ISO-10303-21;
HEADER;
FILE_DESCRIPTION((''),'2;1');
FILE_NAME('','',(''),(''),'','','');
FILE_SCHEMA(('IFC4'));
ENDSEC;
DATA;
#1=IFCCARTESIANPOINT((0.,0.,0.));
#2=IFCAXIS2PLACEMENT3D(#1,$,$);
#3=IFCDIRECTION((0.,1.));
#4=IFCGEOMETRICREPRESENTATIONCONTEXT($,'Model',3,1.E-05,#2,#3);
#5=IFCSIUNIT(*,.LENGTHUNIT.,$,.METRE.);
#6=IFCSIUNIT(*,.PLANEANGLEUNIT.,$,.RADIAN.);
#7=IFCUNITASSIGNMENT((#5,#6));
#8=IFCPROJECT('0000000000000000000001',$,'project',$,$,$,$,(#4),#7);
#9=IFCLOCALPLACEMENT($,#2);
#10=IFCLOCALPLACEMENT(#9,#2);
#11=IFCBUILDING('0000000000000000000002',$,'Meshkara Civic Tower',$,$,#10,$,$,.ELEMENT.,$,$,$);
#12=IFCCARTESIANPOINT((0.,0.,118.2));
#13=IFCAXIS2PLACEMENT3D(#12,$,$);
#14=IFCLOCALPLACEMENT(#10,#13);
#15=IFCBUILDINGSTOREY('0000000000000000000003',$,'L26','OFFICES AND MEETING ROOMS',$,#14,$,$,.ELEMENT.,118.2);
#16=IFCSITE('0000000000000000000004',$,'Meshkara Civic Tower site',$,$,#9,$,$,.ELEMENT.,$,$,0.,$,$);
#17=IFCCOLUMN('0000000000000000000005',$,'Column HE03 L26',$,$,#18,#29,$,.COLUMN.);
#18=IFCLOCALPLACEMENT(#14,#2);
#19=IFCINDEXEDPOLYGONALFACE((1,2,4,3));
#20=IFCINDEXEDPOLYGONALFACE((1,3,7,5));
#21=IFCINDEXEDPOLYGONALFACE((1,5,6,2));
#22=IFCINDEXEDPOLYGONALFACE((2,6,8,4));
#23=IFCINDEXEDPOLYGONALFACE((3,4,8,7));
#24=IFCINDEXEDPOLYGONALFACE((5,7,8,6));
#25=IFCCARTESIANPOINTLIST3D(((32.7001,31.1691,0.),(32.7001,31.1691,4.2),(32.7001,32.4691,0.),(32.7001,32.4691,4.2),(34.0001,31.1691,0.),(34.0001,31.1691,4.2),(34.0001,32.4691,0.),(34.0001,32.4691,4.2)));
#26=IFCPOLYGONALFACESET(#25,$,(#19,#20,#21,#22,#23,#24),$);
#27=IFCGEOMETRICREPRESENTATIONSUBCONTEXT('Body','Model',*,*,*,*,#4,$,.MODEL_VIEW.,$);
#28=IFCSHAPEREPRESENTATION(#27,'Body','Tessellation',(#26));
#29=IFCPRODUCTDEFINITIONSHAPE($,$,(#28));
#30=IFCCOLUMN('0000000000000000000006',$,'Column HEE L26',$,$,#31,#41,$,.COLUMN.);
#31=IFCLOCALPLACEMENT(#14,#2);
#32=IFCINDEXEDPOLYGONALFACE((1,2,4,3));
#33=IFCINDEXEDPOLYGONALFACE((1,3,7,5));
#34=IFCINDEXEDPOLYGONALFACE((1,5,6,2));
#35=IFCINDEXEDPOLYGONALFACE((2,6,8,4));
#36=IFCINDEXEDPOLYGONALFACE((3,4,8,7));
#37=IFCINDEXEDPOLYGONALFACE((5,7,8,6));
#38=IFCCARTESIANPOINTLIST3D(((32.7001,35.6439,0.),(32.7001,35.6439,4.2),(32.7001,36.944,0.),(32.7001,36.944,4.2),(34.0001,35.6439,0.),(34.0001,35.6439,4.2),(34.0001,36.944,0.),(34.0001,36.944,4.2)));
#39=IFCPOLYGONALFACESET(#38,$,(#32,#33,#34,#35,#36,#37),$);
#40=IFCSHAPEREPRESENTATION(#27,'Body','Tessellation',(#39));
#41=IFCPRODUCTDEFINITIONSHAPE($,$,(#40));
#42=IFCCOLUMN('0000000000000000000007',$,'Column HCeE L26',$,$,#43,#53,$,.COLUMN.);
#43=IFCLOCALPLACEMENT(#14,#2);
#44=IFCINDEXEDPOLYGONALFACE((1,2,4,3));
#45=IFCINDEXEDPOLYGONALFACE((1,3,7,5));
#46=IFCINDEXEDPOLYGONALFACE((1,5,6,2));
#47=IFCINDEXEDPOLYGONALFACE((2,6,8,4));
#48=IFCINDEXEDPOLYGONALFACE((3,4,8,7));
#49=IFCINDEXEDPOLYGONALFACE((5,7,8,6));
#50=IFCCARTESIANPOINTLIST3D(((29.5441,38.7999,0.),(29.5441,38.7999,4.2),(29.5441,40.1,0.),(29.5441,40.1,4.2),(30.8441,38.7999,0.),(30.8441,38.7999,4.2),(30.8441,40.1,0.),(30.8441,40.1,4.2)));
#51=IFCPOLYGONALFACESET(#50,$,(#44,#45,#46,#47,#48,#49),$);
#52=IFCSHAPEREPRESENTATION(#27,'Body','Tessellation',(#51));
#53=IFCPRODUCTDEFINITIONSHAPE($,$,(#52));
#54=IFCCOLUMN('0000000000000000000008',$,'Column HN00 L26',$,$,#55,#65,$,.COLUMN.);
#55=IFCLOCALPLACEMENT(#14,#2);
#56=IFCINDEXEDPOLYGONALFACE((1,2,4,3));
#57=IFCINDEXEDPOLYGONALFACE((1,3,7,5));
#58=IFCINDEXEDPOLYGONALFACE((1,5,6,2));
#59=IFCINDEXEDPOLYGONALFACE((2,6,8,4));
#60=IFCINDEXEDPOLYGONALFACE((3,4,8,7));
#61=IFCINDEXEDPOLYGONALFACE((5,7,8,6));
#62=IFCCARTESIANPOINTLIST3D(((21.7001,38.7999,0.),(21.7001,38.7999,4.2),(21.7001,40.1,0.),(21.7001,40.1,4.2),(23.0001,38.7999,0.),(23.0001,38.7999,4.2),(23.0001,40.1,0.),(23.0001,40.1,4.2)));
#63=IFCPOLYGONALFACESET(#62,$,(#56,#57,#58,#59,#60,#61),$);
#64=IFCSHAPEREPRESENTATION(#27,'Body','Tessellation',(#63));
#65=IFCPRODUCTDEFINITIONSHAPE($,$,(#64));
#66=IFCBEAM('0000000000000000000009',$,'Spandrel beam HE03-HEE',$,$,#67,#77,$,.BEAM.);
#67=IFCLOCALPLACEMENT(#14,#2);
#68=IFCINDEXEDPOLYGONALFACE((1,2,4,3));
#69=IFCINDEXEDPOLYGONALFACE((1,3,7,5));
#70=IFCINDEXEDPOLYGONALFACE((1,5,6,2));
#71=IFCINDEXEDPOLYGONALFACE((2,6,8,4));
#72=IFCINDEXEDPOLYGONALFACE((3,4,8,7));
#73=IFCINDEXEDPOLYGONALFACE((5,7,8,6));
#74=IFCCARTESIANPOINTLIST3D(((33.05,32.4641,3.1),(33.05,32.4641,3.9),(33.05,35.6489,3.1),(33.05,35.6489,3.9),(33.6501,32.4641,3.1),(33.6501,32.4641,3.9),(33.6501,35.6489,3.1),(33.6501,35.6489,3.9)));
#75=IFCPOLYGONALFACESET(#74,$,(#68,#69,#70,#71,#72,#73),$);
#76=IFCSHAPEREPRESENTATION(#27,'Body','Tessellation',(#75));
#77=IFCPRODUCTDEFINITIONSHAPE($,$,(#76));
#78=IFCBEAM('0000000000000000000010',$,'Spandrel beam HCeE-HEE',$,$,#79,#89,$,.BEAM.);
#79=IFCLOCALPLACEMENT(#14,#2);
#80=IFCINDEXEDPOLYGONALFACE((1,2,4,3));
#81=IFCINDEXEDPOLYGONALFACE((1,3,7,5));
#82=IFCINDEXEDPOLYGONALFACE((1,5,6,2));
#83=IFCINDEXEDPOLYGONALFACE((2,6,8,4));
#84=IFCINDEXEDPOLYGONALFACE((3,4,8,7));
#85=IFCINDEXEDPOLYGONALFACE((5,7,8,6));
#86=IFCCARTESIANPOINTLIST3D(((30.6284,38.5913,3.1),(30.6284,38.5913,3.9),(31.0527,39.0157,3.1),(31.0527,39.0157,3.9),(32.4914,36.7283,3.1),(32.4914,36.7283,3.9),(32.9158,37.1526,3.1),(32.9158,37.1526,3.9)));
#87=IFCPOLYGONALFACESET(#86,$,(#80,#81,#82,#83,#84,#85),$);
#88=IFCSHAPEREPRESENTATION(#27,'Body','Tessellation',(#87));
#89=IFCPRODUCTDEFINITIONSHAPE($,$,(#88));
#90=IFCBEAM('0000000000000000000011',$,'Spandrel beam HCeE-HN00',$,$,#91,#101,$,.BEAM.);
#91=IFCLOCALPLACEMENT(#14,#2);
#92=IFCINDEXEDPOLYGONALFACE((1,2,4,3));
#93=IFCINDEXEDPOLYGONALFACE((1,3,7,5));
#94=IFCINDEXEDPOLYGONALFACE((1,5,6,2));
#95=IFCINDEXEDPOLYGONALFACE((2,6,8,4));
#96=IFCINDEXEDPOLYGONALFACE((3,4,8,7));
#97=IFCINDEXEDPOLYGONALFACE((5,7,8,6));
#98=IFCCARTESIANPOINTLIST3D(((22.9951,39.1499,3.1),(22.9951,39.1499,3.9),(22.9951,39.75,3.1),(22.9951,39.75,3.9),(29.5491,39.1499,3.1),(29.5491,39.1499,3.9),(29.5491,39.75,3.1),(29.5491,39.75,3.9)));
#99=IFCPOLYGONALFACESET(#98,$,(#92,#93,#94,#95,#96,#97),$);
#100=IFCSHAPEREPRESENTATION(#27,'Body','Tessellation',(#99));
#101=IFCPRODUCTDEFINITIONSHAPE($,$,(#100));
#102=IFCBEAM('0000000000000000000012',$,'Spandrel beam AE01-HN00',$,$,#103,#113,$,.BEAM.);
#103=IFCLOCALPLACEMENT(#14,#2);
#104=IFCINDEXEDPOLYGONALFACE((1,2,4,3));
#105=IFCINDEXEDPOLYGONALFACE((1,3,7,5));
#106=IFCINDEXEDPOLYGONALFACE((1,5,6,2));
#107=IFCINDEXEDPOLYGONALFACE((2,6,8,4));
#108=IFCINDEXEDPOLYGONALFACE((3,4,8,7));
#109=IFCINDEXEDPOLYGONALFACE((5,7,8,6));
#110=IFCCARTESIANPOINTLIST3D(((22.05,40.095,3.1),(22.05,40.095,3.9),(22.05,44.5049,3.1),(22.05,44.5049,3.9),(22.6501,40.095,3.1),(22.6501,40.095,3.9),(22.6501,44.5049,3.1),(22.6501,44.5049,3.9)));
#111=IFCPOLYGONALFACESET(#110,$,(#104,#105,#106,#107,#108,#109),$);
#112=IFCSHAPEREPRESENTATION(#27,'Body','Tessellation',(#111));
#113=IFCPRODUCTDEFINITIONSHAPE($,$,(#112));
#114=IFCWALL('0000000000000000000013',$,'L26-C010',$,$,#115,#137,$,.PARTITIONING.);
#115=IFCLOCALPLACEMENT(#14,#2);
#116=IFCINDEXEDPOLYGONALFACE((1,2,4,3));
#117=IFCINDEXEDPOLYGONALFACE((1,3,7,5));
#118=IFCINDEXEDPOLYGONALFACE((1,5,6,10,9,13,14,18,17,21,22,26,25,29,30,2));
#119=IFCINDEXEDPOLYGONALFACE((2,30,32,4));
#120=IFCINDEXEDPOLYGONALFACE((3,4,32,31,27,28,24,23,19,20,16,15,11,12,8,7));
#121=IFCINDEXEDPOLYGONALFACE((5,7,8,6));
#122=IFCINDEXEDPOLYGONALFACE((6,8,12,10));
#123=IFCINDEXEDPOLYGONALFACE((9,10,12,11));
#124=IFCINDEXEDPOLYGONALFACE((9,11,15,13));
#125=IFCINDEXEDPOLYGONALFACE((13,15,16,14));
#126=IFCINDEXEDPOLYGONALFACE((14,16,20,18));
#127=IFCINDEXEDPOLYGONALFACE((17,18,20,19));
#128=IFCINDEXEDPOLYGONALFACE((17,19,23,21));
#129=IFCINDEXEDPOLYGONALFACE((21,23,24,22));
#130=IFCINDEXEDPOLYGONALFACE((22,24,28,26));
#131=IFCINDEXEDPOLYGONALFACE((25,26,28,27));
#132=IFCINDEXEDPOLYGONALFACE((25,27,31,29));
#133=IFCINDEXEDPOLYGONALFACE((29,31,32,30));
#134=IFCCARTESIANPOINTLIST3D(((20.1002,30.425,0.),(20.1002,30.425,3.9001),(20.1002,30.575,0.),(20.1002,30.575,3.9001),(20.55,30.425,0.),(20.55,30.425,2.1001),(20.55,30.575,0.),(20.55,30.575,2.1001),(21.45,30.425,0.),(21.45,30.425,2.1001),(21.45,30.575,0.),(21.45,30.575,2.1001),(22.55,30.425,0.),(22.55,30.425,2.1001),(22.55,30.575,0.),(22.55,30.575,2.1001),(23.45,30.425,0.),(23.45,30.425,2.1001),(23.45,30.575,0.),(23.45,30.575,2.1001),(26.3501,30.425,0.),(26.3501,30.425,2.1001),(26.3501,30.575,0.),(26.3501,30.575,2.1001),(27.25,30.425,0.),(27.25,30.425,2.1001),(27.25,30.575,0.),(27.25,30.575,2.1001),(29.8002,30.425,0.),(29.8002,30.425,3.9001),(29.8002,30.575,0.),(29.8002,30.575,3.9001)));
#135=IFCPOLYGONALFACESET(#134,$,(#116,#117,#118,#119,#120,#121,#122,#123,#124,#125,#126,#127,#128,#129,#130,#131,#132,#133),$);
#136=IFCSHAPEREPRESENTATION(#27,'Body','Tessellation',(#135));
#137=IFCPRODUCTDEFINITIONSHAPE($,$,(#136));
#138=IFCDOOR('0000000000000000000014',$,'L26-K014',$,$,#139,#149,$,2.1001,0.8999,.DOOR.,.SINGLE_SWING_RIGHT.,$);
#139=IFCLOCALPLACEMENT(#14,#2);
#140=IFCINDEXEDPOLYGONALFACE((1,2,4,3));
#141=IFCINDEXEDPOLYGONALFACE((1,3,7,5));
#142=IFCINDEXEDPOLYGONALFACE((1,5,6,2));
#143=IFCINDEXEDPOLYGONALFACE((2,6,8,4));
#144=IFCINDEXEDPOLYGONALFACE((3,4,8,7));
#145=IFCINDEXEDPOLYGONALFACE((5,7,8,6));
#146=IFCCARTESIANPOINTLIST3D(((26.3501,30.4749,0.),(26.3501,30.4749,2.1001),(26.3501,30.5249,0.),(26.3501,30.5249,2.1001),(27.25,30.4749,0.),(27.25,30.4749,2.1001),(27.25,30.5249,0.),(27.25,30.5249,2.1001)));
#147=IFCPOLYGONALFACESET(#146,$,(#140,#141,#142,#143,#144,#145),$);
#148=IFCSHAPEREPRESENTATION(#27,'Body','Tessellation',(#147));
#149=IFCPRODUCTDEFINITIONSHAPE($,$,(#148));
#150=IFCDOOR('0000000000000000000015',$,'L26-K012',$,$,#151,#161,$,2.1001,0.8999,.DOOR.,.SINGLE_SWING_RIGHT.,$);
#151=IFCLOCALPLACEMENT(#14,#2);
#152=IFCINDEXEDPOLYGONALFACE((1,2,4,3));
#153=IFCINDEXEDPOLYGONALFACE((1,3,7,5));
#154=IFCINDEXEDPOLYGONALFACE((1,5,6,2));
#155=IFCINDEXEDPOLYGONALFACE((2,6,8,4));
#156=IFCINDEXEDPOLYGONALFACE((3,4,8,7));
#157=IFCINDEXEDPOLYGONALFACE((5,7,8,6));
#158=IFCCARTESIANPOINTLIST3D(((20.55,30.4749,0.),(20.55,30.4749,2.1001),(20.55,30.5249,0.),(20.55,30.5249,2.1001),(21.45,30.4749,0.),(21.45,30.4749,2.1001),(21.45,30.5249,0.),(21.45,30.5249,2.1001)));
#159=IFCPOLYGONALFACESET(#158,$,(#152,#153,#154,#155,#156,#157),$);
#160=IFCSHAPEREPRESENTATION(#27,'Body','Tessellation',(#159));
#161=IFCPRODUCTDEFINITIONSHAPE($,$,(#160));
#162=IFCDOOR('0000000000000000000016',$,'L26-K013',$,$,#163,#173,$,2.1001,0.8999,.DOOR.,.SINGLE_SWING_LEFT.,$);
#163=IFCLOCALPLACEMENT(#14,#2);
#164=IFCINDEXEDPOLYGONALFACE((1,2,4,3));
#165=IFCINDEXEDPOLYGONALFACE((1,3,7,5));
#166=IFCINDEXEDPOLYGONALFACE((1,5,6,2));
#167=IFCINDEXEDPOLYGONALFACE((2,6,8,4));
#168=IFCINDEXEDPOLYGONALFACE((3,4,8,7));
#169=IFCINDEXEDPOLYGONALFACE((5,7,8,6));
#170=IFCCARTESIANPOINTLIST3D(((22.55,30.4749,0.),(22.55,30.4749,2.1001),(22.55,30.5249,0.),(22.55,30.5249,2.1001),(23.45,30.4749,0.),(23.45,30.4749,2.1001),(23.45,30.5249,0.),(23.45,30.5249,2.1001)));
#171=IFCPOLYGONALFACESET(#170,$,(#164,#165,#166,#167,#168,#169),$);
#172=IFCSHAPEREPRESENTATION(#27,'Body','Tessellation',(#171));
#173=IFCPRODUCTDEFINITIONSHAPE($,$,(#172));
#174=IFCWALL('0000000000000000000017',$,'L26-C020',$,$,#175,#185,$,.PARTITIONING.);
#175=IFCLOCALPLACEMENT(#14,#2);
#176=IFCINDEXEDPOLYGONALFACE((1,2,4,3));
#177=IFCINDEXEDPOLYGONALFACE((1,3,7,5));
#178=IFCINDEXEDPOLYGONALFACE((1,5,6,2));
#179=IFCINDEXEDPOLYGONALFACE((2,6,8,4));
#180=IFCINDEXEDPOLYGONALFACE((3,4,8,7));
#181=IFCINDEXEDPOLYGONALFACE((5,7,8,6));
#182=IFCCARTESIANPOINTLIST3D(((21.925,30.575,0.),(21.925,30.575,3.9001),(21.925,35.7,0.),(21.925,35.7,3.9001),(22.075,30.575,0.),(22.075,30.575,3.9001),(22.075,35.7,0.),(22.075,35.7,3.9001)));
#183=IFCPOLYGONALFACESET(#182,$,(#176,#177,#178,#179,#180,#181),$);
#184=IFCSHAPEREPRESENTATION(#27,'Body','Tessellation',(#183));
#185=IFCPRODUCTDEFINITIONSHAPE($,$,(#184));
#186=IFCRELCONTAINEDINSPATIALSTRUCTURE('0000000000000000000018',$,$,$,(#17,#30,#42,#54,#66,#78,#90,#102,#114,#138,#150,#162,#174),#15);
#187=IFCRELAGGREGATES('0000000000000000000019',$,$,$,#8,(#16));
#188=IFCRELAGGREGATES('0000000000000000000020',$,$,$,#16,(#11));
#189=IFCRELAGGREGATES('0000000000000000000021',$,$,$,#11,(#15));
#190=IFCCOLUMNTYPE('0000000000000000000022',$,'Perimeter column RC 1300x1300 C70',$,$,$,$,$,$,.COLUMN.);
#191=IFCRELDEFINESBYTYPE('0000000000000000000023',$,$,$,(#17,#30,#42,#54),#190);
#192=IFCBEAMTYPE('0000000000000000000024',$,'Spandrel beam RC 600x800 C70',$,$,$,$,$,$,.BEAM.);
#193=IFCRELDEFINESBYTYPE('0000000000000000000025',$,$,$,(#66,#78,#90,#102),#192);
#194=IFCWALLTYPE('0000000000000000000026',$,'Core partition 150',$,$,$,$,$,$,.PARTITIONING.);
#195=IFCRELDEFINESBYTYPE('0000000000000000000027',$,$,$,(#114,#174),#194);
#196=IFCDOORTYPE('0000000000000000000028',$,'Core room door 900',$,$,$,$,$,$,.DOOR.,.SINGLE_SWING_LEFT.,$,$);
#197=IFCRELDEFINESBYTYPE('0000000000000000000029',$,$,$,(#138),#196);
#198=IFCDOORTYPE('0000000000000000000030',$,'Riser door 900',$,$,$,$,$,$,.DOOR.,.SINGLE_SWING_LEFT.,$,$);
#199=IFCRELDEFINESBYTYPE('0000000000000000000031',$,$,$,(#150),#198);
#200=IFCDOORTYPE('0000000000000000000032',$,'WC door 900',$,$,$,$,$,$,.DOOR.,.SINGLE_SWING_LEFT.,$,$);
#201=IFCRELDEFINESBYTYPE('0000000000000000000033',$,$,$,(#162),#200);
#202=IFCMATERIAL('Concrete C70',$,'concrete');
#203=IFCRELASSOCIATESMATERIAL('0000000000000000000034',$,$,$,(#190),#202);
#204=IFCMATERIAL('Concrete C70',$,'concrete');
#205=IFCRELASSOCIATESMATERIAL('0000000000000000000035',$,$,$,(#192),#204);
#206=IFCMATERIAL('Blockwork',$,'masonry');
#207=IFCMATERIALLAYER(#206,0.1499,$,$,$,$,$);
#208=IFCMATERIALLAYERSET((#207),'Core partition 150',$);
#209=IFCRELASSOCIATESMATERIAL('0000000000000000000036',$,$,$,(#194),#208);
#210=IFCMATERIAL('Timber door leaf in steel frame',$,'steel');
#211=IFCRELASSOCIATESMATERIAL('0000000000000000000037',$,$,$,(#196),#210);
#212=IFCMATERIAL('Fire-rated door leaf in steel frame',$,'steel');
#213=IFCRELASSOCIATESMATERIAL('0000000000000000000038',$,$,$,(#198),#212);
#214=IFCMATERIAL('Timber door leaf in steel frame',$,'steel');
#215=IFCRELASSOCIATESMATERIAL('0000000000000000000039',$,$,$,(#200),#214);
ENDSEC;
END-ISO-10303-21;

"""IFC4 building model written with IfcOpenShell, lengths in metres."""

from ifc_helpers import new_model, si_unit, direction, frame, frame_2d, origin, origin_2d, place, context, subcontext, project, spatial, rectangle, extrude, material, layer, layer_set, material_profile, profile_set, type_object, element, fill, save


model = new_model("IFC4")

# Units and contexts
model_context = context("Model", 3, precision=1e-05, world=origin(), true_north=direction((0.0, 1.0)))
body_context = subcontext(model_context, "Body", "Model", "MODEL_VIEW")
ifc_project = project(units=[si_unit("LENGTHUNIT", "METRE"), si_unit("PLANEANGLEUNIT", "RADIAN")], contexts=[model_context])

# Site, building, storey
site_placement = place(None, origin())
site = spatial("IfcSite", under=ifc_project, at=site_placement, Name="Meshkara Civic Tower site", CompositionType="ELEMENT", RefElevation=0.0)
building_placement = place(site_placement, origin())
building = spatial("IfcBuilding", under=site, at=building_placement, Name="Meshkara Civic Tower", CompositionType="ELEMENT")
storey_placement = place(building_placement, frame((0.0, 0.0, 118.2)))
storey = spatial("IfcBuildingStorey", under=building, at=storey_placement, Name="L26", Description="OFFICES AND MEETING ROOMS", CompositionType="ELEMENT", Elevation=118.2)

# Columns
ifc_material_1 = material(Name="Concrete C70", Category="concrete")
ifc_material_profile_1 = material_profile(ifc_material_1, rectangle(XDim=1.3, YDim=1.3, at=origin_2d()))
ifc_profile_set_1 = profile_set([ifc_material_profile_1], Name="Concrete C70")
column_type = type_object("IfcColumnType", Name="Perimeter column RC 1300x1300 C70", PredefinedType="COLUMN", material=ifc_profile_set_1)
for number, where, z_axis, x_axis, name in (
    (1, (33.3501, 31.8191, 0.0), (0.0, 0.0, 1.0), (1.0, 0.0, 0.0), "Column HE03 L26"),
    (2, (33.3501, 36.2939, 0.0), (0.0, 0.0, 1.0), (1.0, 0.0, 0.0), "Column HEE L26"),
    (3, (30.1941, 39.45, 0.0), (0.0, 0.0, 1.0), (1.0, 0.0, 0.0), "Column HCeE L26"),
    (4, (22.3501, 39.45, 0.0), (0.0, 0.0, 1.0), (1.0, 0.0, 0.0), "Column HN00 L26"),
):
    element("IfcColumn", number, at=place(storey_placement, frame(where, z_axis=z_axis, x_axis=x_axis)), inside=storey, type_object=column_type, Name=name, PredefinedType="COLUMN", context=body_context, shape_type="SweptSolid", body=[
        extrude(rectangle(XDim=1.3, YDim=1.3, at=origin_2d()), origin(), (0.0, 0.0, 1.0), 4.2),
    ])

# Beams
ifc_material_2 = material(Name="Concrete C70", Category="concrete")
ifc_material_profile_2 = material_profile(ifc_material_2, rectangle(XDim=0.6001, YDim=0.8, at=origin_2d()))
ifc_profile_set_2 = profile_set([ifc_material_profile_2], Name="Concrete C70")
beam_type = type_object("IfcBeamType", Name="Spandrel beam RC 600x800 C70", PredefinedType="BEAM", material=ifc_profile_set_2)
beam_1_placement = place(storey_placement, frame((33.3501, 32.4641, 3.5), z_axis=(0.0, 1.0, 0.0), x_axis=(-1.0, 0.0, 0.0)))
element("IfcBeam", 5, at=beam_1_placement, inside=storey, type_object=beam_type, Name="Spandrel beam HE03-HEE", PredefinedType="BEAM", context=body_context, shape_type="SweptSolid", body=[
    extrude(rectangle(XDim=0.6001, YDim=0.8, at=origin_2d()), origin(), (0.0, 0.0, 1.0), 3.1848),
])
beam_2_placement = place(storey_placement, frame((32.7036, 36.9404, 3.5), z_axis=(-0.707107, 0.707107, 0.0), x_axis=(-0.707107, -0.707107, 0.0)))
element("IfcBeam", 6, at=beam_2_placement, inside=storey, type_object=beam_type, Name="Spandrel beam HCeE-HEE", PredefinedType="BEAM", context=body_context, shape_type="SweptSolid", body=[
    extrude(rectangle(XDim=0.6001, YDim=0.8, at=origin_2d()), origin(), (0.0, 0.0, 1.0), 2.6348),
])
beam_3_placement = place(storey_placement, frame((29.5491, 39.45, 3.5), z_axis=(-1.0, 0.0, 0.0), x_axis=(0.0, -1.0, 0.0)))
element("IfcBeam", 7, at=beam_3_placement, inside=storey, type_object=beam_type, Name="Spandrel beam HCeE-HN00", PredefinedType="BEAM", context=body_context, shape_type="SweptSolid", body=[
    extrude(rectangle(XDim=0.6001, YDim=0.8, at=origin_2d()), origin(), (0.0, 0.0, 1.0), 6.554),
])
beam_4_placement = place(storey_placement, frame((22.3501, 40.095, 3.5), z_axis=(0.0, 1.0, 0.0), x_axis=(-1.0, 0.0, 0.0)))
element("IfcBeam", 8, at=beam_4_placement, inside=storey, type_object=beam_type, Name="Spandrel beam AE01-HN00", PredefinedType="BEAM", context=body_context, shape_type="SweptSolid", body=[
    extrude(rectangle(XDim=0.6001, YDim=0.8, at=origin_2d()), origin(), (0.0, 0.0, 1.0), 4.4099),
])

# Wall, openings, doors
ifc_material_3 = material(Name="Blockwork", Category="masonry")
ifc_layer_1 = layer(ifc_material_3, 0.1499)
ifc_layer_set_1 = layer_set([ifc_layer_1], Name="Core partition 150")
wall_type_1 = type_object("IfcWallType", Name="Core partition 150", PredefinedType="PARTITIONING", material=ifc_layer_set_1)
wall_1_placement = place(storey_placement, frame((20.1001, 30.5, 0.0), z_axis=(0.0, 0.0, 1.0), x_axis=(1.0, 0.0, 0.0)))
wall_1 = element("IfcWall", 9, at=wall_1_placement, inside=storey, type_object=wall_type_1, Name="L26-C010", PredefinedType="PARTITIONING", context=body_context, shape_type="SweptSolid", body=[
    extrude(rectangle(XDim=9.7, YDim=0.1499, at=frame_2d((4.8501, 0.0))), origin(), (0.0, 0.0, 1.0), 3.9001),
])
opening_1_placement = place(wall_1_placement, frame((0.45, 0.0, 0.0)))
opening_1 = element("IfcOpeningElement", 10, at=opening_1_placement, cuts=wall_1, PredefinedType="OPENING", context=body_context, shape_type="SweptSolid", body=[
    extrude(rectangle(XDim=0.8999, YDim=2.1001, at=frame_2d((0.45, 1.05))), frame((0.0, 0.085, 0.0), z_axis=(0.0, -1.0, 0.0), x_axis=(1.0, 0.0, 0.0)), (0.0, 0.0, 1.0), 0.1699),
])
opening_2_placement = place(wall_1_placement, frame((2.45, 0.0, 0.0)))
opening_2 = element("IfcOpeningElement", 11, at=opening_2_placement, cuts=wall_1, PredefinedType="OPENING", context=body_context, shape_type="SweptSolid", body=[
    extrude(rectangle(XDim=0.8999, YDim=2.1001, at=frame_2d((0.45, 1.05))), frame((0.0, 0.085, 0.0), z_axis=(0.0, -1.0, 0.0), x_axis=(1.0, 0.0, 0.0)), (0.0, 0.0, 1.0), 0.1699),
])
opening_3_placement = place(wall_1_placement, frame((6.25, 0.0, 0.0)))
opening_3 = element("IfcOpeningElement", 12, at=opening_3_placement, cuts=wall_1, PredefinedType="OPENING", context=body_context, shape_type="SweptSolid", body=[
    extrude(rectangle(XDim=0.8999, YDim=2.1001, at=frame_2d((0.45, 1.05))), frame((0.0, 0.085, 0.0), z_axis=(0.0, -1.0, 0.0), x_axis=(1.0, 0.0, 0.0)), (0.0, 0.0, 1.0), 0.1699),
])
ifc_material_4 = material(Name="Timber door leaf in steel frame", Category="steel")
door_type_1 = type_object("IfcDoorType", Name="Core room door 900", OperationType="SINGLE_SWING_LEFT", PredefinedType="DOOR", material=ifc_material_4)
door_1_placement = place(opening_3_placement, origin())
door_1 = element("IfcDoor", 13, at=door_1_placement, inside=storey, type_object=door_type_1, Name="L26-K014", OperationType="SINGLE_SWING_RIGHT", OverallHeight=2.1001, OverallWidth=0.8999, PredefinedType="DOOR", context=body_context, shape_type="SweptSolid", body=[
    extrude(rectangle(XDim=0.8999, YDim=2.1001, at=frame_2d((0.45, 1.05))), frame((0.0, 0.0249, 0.0), z_axis=(0.0, -1.0, 0.0), x_axis=(1.0, 0.0, 0.0)), (0.0, 0.0, 1.0), 0.05),
])
fill(opening_3, door_1)
ifc_material_5 = material(Name="Fire-rated door leaf in steel frame", Category="steel")
door_type_2 = type_object("IfcDoorType", Name="Riser door 900", OperationType="SINGLE_SWING_LEFT", PredefinedType="DOOR", material=ifc_material_5)
door_2_placement = place(opening_1_placement, origin())
door_2 = element("IfcDoor", 14, at=door_2_placement, inside=storey, type_object=door_type_2, Name="L26-K012", OperationType="SINGLE_SWING_RIGHT", OverallHeight=2.1001, OverallWidth=0.8999, PredefinedType="DOOR", context=body_context, shape_type="SweptSolid", body=[
    extrude(rectangle(XDim=0.8999, YDim=2.1001, at=frame_2d((0.45, 1.05))), frame((0.0, 0.0249, 0.0), z_axis=(0.0, -1.0, 0.0), x_axis=(1.0, 0.0, 0.0)), (0.0, 0.0, 1.0), 0.05),
])
fill(opening_1, door_2)
ifc_material_6 = material(Name="Timber door leaf in steel frame", Category="steel")
door_type_3 = type_object("IfcDoorType", Name="WC door 900", OperationType="SINGLE_SWING_LEFT", PredefinedType="DOOR", material=ifc_material_6)
door_3_placement = place(opening_2_placement, origin())
door_3 = element("IfcDoor", 15, at=door_3_placement, inside=storey, type_object=door_type_3, Name="L26-K013", OperationType="SINGLE_SWING_LEFT", OverallHeight=2.1001, OverallWidth=0.8999, PredefinedType="DOOR", context=body_context, shape_type="SweptSolid", body=[
    extrude(rectangle(XDim=0.8999, YDim=2.1001, at=frame_2d((0.45, 1.05))), frame((0.0, 0.0249, 0.0), z_axis=(0.0, -1.0, 0.0), x_axis=(1.0, 0.0, 0.0)), (0.0, 0.0, 1.0), 0.05),
])
fill(opening_2, door_3)

# Wall
for number, where, z_axis, x_axis, name in (
    (16, (22.0, 30.575, 0.0), (0.0, 0.0, 1.0), (0.0, 1.0, 0.0), "L26-C020"),
):
    element("IfcWall", number, at=place(storey_placement, frame(where, z_axis=z_axis, x_axis=x_axis)), inside=storey, type_object=wall_type_1, Name=name, PredefinedType="PARTITIONING", context=body_context, shape_type="SweptSolid", body=[
        extrude(rectangle(XDim=5.125, YDim=0.1499, at=frame_2d((2.5625, 0.0))), origin(), (0.0, 0.0, 1.0), 3.9001),
    ])

save(model, "model.ifc")
